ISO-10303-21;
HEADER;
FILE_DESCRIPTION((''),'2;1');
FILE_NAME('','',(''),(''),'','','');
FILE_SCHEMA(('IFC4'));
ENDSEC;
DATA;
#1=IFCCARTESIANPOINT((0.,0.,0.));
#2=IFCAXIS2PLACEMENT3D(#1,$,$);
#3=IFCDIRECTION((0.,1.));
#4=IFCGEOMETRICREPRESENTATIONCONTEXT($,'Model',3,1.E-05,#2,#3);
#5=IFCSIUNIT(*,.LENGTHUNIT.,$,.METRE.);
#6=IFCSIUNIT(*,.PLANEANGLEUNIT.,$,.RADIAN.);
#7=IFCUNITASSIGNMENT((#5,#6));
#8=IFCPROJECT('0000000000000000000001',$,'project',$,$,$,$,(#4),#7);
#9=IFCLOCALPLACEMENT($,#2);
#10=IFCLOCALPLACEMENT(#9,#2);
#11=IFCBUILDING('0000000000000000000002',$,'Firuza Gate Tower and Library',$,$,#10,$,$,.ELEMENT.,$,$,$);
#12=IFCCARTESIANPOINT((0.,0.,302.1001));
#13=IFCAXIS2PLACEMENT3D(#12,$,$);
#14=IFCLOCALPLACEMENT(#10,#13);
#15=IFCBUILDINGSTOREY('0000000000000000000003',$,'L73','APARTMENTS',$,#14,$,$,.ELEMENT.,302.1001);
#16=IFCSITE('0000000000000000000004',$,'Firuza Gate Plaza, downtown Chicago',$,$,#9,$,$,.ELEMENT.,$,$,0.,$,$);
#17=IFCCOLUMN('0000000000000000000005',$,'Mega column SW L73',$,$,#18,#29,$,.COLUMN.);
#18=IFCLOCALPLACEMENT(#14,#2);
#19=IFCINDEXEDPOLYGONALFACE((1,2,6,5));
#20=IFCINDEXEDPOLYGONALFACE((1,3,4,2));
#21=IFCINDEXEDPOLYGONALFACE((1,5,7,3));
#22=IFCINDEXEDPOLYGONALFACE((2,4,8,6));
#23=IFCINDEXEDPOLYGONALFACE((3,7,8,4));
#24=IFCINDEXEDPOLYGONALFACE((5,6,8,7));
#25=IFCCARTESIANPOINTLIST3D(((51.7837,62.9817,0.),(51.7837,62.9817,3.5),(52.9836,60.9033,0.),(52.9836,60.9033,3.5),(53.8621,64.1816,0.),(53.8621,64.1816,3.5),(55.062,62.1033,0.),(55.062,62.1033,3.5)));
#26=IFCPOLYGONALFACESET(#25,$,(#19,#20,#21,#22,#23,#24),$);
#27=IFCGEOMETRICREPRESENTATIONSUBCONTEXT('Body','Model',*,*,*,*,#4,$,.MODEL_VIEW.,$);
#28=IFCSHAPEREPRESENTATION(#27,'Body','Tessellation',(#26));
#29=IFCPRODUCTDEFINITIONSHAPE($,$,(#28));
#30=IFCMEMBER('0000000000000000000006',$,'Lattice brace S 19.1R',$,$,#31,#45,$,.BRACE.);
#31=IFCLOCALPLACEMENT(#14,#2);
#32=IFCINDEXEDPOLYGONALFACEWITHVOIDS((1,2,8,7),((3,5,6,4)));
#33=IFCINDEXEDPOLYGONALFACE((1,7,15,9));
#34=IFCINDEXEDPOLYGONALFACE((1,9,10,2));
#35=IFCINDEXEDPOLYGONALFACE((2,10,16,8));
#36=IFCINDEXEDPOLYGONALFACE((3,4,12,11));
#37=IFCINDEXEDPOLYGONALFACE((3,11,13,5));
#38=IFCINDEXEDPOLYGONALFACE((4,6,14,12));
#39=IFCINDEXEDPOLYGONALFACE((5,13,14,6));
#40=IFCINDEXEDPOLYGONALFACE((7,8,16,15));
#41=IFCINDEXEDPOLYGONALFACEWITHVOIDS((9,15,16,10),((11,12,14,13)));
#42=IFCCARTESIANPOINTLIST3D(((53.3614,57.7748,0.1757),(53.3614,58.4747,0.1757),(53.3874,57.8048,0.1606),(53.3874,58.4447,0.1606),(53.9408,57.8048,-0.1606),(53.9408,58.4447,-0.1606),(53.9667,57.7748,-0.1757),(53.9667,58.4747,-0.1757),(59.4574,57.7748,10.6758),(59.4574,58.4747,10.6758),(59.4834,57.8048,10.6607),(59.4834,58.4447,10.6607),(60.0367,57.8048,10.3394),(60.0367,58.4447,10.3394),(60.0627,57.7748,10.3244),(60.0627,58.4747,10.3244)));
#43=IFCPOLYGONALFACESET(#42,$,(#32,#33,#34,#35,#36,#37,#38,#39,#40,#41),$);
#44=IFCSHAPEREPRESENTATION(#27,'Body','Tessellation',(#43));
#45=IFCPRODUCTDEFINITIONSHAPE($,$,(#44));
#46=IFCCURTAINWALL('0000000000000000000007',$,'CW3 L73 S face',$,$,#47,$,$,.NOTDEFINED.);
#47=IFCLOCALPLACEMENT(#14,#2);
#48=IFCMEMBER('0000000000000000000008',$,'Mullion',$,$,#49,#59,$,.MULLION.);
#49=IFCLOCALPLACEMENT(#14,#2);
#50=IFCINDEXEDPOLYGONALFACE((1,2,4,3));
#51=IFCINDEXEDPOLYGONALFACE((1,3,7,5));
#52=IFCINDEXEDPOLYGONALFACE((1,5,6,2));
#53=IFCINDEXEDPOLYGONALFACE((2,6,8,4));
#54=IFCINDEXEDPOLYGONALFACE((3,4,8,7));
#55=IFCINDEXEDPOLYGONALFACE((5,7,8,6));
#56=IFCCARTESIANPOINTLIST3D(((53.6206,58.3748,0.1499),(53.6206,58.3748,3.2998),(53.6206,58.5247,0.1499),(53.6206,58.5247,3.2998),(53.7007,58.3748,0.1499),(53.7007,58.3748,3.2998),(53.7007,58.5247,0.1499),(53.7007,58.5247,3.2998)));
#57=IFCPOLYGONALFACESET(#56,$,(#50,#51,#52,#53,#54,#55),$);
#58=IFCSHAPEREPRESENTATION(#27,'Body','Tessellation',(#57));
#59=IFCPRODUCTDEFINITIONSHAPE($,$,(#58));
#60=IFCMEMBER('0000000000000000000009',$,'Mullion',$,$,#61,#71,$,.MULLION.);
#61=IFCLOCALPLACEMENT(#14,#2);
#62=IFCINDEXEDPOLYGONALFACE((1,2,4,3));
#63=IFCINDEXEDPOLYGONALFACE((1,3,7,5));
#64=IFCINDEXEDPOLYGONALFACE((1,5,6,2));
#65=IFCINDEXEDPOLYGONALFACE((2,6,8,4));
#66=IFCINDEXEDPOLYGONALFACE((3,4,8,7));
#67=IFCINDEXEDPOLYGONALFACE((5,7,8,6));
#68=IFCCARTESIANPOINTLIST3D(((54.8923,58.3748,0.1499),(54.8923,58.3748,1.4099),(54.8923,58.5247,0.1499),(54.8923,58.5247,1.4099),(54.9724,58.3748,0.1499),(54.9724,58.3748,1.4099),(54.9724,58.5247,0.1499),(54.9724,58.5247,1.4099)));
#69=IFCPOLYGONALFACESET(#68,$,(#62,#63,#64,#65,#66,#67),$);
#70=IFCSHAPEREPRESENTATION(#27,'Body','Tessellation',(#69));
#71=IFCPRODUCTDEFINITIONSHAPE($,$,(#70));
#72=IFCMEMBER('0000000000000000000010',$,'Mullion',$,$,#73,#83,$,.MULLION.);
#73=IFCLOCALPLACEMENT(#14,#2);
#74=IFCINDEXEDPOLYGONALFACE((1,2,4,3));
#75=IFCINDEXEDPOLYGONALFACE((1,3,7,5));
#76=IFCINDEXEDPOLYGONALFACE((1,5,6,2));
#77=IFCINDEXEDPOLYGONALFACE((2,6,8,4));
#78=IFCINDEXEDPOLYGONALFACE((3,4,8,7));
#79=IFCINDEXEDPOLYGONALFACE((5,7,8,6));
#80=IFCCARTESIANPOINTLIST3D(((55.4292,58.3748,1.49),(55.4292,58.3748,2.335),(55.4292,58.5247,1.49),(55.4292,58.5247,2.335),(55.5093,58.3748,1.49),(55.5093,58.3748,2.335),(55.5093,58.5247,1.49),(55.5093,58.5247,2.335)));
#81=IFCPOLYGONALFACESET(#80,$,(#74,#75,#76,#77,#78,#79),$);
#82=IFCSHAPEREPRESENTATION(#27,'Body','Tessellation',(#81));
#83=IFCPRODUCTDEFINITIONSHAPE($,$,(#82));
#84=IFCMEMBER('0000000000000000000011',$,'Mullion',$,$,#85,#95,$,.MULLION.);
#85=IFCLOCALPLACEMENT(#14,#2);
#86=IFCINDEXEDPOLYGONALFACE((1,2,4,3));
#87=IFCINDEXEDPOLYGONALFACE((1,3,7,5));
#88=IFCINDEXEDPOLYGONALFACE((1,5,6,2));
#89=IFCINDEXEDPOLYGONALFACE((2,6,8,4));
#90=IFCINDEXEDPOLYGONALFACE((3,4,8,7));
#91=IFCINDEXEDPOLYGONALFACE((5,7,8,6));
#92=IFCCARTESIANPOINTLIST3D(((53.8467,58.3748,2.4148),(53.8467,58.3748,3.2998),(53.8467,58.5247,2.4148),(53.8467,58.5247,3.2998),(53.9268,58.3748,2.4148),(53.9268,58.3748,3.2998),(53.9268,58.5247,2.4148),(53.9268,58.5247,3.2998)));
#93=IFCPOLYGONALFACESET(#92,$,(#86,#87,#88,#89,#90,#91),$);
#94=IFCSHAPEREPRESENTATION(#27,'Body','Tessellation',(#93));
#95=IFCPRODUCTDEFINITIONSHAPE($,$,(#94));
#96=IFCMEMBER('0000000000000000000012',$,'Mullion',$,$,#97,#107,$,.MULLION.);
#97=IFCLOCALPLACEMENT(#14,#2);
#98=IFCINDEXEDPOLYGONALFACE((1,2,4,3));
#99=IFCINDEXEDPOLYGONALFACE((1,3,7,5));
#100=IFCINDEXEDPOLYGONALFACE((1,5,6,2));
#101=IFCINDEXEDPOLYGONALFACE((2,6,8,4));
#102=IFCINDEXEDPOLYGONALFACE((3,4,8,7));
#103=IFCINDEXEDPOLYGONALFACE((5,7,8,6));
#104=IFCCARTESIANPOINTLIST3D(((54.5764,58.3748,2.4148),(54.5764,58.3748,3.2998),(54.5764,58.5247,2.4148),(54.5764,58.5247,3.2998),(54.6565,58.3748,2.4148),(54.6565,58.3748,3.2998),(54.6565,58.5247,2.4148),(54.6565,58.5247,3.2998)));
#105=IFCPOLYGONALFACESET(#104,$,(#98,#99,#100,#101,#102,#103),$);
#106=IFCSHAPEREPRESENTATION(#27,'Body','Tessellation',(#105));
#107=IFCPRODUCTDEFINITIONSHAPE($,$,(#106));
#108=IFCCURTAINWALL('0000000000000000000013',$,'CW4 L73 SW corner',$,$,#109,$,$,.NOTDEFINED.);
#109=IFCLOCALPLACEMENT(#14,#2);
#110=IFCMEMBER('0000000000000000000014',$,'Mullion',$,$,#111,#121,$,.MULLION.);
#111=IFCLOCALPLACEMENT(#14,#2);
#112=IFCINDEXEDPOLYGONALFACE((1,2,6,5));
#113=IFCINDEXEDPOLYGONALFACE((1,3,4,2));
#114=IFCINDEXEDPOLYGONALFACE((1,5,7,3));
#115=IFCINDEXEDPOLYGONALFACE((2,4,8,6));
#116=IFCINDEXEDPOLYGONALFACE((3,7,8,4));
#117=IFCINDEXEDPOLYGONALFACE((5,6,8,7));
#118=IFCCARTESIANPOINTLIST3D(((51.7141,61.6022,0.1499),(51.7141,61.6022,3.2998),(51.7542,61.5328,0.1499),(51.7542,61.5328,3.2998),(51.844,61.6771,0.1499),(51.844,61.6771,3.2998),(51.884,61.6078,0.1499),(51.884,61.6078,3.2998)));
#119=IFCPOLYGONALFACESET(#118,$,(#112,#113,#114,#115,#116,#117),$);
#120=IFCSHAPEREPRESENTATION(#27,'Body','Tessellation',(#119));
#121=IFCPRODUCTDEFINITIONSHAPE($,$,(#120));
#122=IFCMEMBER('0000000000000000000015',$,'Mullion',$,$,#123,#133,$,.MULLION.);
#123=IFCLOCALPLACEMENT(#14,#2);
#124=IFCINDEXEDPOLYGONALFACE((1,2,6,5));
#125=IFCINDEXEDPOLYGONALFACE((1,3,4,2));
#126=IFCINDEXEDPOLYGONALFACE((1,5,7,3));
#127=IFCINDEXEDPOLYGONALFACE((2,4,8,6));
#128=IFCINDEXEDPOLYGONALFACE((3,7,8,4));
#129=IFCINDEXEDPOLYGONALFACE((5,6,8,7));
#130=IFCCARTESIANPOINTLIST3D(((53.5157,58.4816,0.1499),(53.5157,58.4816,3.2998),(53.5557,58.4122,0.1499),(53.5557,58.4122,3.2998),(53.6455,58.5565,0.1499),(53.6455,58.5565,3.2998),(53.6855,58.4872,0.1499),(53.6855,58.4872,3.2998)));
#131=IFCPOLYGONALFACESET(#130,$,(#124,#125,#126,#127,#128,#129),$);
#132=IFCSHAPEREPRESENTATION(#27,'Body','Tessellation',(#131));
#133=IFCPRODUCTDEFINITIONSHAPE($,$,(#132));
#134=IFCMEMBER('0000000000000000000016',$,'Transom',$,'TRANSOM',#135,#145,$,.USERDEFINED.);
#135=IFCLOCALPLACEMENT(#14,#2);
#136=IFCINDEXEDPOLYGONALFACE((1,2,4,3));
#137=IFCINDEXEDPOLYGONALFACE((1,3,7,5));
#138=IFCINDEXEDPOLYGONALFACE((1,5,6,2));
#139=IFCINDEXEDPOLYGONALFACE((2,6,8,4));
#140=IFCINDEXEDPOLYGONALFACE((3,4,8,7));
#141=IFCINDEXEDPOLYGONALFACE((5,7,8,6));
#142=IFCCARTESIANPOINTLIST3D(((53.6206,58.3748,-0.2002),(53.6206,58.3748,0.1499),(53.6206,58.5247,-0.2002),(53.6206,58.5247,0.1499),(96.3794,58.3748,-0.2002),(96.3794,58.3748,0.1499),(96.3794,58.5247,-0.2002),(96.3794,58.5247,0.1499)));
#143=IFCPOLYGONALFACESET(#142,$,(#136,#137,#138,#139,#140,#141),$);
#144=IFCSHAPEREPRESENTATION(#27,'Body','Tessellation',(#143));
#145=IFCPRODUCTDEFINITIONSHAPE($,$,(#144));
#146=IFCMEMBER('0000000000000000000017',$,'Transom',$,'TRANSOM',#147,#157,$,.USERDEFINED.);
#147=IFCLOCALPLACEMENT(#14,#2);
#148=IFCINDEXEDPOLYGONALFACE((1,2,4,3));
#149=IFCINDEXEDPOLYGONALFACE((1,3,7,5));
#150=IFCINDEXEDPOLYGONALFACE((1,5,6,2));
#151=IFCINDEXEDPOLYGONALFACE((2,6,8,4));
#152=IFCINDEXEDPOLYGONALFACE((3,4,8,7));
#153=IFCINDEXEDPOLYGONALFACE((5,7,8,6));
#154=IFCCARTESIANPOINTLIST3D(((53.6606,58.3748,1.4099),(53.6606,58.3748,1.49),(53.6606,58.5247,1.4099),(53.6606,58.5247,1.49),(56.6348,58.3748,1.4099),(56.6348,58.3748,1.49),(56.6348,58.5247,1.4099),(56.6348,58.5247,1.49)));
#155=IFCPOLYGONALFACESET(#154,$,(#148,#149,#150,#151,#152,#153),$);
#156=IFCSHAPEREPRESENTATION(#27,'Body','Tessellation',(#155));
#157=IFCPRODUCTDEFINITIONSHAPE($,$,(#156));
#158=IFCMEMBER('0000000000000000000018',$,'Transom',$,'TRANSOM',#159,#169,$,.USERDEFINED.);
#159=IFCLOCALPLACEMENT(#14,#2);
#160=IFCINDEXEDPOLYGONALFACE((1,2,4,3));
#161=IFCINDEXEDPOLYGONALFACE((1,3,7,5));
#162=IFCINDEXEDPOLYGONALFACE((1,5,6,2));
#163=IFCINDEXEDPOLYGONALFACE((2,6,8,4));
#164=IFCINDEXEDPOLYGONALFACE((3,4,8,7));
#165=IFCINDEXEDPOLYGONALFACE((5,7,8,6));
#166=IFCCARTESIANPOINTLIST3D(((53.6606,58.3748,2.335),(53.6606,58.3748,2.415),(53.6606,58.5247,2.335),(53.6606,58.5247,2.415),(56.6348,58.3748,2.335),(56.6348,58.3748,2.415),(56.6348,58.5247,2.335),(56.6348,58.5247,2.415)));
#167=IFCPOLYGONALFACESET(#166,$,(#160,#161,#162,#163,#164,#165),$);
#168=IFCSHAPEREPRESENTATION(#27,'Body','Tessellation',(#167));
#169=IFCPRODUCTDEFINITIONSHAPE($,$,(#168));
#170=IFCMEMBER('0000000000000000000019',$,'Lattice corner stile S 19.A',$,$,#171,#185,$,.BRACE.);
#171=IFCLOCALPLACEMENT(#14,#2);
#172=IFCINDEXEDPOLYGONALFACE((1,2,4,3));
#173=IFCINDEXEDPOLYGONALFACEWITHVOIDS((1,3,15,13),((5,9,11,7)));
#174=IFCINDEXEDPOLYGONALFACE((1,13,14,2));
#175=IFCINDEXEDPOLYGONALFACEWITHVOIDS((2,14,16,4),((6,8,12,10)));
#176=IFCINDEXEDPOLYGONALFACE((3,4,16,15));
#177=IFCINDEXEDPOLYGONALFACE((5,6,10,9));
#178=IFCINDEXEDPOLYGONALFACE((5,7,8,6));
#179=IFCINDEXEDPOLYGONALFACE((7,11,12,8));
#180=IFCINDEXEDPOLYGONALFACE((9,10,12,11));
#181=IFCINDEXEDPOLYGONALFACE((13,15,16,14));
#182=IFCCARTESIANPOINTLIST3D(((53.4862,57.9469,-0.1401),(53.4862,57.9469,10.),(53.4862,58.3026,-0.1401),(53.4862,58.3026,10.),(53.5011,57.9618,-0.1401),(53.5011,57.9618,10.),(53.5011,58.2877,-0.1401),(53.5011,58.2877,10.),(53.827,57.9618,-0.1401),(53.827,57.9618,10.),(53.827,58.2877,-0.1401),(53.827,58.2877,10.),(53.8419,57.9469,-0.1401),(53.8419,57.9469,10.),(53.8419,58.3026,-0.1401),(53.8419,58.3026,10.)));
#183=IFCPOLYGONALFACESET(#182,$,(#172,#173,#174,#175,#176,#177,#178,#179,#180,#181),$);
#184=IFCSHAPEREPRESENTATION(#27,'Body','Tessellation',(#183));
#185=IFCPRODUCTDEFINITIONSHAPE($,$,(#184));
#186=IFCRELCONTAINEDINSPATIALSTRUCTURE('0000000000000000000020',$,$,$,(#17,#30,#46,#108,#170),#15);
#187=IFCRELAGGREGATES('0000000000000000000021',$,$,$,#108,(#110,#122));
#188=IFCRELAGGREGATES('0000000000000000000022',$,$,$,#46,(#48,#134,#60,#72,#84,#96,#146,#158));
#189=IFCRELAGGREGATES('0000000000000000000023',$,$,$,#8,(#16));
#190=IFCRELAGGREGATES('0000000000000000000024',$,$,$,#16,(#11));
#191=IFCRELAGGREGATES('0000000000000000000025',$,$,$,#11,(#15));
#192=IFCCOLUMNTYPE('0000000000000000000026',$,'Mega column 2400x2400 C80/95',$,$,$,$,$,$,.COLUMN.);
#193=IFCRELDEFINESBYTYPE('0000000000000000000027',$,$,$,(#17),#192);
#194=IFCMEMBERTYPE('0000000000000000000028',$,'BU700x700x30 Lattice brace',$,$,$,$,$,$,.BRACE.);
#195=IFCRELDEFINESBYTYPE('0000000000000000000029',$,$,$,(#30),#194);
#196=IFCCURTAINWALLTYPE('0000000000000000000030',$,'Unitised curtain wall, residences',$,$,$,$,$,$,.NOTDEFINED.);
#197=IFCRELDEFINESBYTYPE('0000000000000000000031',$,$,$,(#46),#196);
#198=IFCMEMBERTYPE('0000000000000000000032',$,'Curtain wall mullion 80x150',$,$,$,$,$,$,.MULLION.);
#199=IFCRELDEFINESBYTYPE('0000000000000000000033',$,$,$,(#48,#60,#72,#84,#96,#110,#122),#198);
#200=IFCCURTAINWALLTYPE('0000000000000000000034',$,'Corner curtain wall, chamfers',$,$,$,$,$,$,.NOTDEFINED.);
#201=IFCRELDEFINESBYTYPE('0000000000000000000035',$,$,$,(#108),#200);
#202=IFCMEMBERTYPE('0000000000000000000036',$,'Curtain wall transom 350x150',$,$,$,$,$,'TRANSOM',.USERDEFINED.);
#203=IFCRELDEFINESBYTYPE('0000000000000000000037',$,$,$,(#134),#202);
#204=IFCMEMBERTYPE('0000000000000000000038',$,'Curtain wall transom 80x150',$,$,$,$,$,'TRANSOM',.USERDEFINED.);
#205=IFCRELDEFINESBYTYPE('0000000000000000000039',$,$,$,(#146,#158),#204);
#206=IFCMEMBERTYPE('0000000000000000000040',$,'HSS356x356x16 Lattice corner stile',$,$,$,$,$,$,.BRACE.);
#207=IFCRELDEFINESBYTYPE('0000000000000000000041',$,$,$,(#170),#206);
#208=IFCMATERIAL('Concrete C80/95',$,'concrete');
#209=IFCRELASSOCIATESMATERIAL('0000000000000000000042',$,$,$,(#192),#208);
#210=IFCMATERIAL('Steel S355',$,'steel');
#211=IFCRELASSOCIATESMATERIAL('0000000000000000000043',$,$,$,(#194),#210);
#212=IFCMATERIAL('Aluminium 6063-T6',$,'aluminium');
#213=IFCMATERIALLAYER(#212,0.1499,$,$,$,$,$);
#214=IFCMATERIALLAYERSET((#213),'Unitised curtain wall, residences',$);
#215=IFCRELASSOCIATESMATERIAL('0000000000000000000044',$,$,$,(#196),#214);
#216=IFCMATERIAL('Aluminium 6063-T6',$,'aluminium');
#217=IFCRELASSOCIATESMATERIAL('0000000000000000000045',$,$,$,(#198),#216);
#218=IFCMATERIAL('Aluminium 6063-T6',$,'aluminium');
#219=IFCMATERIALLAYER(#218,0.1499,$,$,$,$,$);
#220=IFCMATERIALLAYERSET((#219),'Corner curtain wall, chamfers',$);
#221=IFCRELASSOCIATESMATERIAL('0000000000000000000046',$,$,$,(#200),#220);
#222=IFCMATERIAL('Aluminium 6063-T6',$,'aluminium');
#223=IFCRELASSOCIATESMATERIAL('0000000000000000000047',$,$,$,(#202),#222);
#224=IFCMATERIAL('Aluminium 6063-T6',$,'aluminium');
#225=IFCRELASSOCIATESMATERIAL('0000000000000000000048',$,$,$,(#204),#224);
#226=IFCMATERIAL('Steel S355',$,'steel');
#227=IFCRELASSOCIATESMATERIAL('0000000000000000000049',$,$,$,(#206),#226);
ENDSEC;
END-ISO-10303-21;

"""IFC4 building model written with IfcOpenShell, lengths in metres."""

from ifc_helpers import new_model, si_unit, direction, frame, origin, origin_2d, place, context, subcontext, project, spatial, rectangle, hollow_rectangle, extrude, material, layer, layer_set, material_profile, profile_set, type_object, element, aggregate, save


model = new_model("IFC4")

# Units and contexts
model_context = context("Model", 3, precision=1e-05, world=origin(), true_north=direction((0.0, 1.0)))
body_context = subcontext(model_context, "Body", "Model", "MODEL_VIEW")
ifc_project = project(units=[si_unit("LENGTHUNIT", "METRE"), si_unit("PLANEANGLEUNIT", "RADIAN")], contexts=[model_context])

# Site, building, storey
site_placement = place(None, origin())
site = spatial("IfcSite", under=ifc_project, at=site_placement, Name="Firuza Gate Plaza, downtown Chicago", CompositionType="ELEMENT", RefElevation=0.0)
building_placement = place(site_placement, origin())
building = spatial("IfcBuilding", under=site, at=building_placement, Name="Firuza Gate Tower and Library", CompositionType="ELEMENT")
storey_placement = place(building_placement, frame((0.0, 0.0, 302.1001)))
storey = spatial("IfcBuildingStorey", under=building, at=storey_placement, Name="L73", Description="APARTMENTS", CompositionType="ELEMENT", Elevation=302.1001)

# Column
ifc_material_1 = material(Name="Concrete C80/95", Category="concrete")
ifc_material_profile_1 = material_profile(ifc_material_1, rectangle(XDim=2.3999, YDim=2.3999, at=origin_2d()))
ifc_profile_set_1 = profile_set([ifc_material_profile_1], Name="Concrete C80/95")
column_type = type_object("IfcColumnType", Name="Mega column 2400x2400 C80/95", PredefinedType="COLUMN", material=ifc_profile_set_1)
column_placement = place(storey_placement, frame((53.4229, 62.5425, 0.0), z_axis=(0.0, 0.0, 1.0), x_axis=(0.5, -0.866025, 0.0)))
element("IfcColumn", 1, at=column_placement, inside=storey, type_object=column_type, Name="Mega column SW L73", PredefinedType="COLUMN", context=body_context, shape_type="SweptSolid", body=[
    extrude(rectangle(XDim=2.3999, YDim=2.3999, at=origin_2d()), origin(), (0.0, 0.0, 1.0), 3.5),
])

# Member
ifc_material_2 = material(Name="Steel S355", Category="steel")
ifc_material_profile_2 = material_profile(ifc_material_2, hollow_rectangle(XDim=0.7, YDim=0.7, WallThickness=0.03, at=origin_2d()))
ifc_profile_set_2 = profile_set([ifc_material_profile_2], Name="Steel S355")
member_type_1 = type_object("IfcMemberType", Name="BU700x700x30 Lattice brace", PredefinedType="BRACE", material=ifc_profile_set_2)
member_1_placement = place(storey_placement, frame((53.6641, 58.1248, 0.0), z_axis=(0.502085, 0.0, 0.864819), x_axis=(0.0, 1.0, 0.0)))
element("IfcMember", 2, at=member_1_placement, inside=storey, type_object=member_type_1, Name="Lattice brace S 19.1R", PredefinedType="BRACE", context=body_context, shape_type="SweptSolid", body=[
    extrude(hollow_rectangle(XDim=0.7, YDim=0.7, WallThickness=0.03, at=origin_2d()), origin(), (0.0, 0.0, 1.0), 12.1414),
])

# Curtain walls, members
ifc_material_3 = material(Name="Aluminium 6063-T6", Category="aluminium")
ifc_layer_1 = layer(ifc_material_3, 0.1499)
ifc_layer_set_1 = layer_set([ifc_layer_1], Name="Unitised curtain wall, residences")
curtain_wall_type_1 = type_object("IfcCurtainWallType", Name="Unitised curtain wall, residences", PredefinedType="NOTDEFINED", material=ifc_layer_set_1)
placement_1 = place(storey_placement, origin())
curtain_wall_1 = element("IfcCurtainWall", 3, at=placement_1, inside=storey, type_object=curtain_wall_type_1, Name="CW3 L73 S face", PredefinedType="NOTDEFINED")
ifc_material_4 = material(Name="Aluminium 6063-T6", Category="aluminium")
ifc_material_profile_3 = material_profile(ifc_material_4, rectangle(XDim=0.1499, YDim=0.0801, at=origin_2d()))
ifc_profile_set_3 = profile_set([ifc_material_profile_3], Name="Aluminium 6063-T6")
member_type_2 = type_object("IfcMemberType", Name="Curtain wall mullion 80x150", PredefinedType="MULLION", material=ifc_profile_set_3)
member_2_placement = place(storey_placement, frame((53.6606, 58.4497, 0.1499), z_axis=(0.0, 0.0, 1.0), x_axis=(0.0, 1.0, 0.0)))
member_2 = element("IfcMember", 4, at=member_2_placement, type_object=member_type_2, Name="Mullion", PredefinedType="MULLION", context=body_context, shape_type="SweptSolid", body=[
    extrude(rectangle(XDim=0.1499, YDim=0.0801, at=origin_2d()), origin(), (0.0, 0.0, 1.0), 3.1499),
])
member_3_placement = place(storey_placement, frame((54.9324, 58.4497, 0.1499), z_axis=(0.0, 0.0, 1.0), x_axis=(0.0, 1.0, 0.0)))
member_3 = element("IfcMember", 5, at=member_3_placement, type_object=member_type_2, Name="Mullion", PredefinedType="MULLION", context=body_context, shape_type="SweptSolid", body=[
    extrude(rectangle(XDim=0.1499, YDim=0.0801, at=origin_2d()), origin(), (0.0, 0.0, 1.0), 1.26),
])
member_4_placement = place(storey_placement, frame((55.4692, 58.4497, 1.49), z_axis=(0.0, 0.0, 1.0), x_axis=(0.0, 1.0, 0.0)))
member_4 = element("IfcMember", 6, at=member_4_placement, type_object=member_type_2, Name="Mullion", PredefinedType="MULLION", context=body_context, shape_type="SweptSolid", body=[
    extrude(rectangle(XDim=0.1499, YDim=0.0801, at=origin_2d()), origin(), (0.0, 0.0, 1.0), 0.845),
])
member_5_placement = place(storey_placement, frame((53.8867, 58.4497, 2.4148), z_axis=(0.0, 0.0, 1.0), x_axis=(0.0, 1.0, 0.0)))
member_5 = element("IfcMember", 7, at=member_5_placement, type_object=member_type_2, Name="Mullion", PredefinedType="MULLION", context=body_context, shape_type="SweptSolid", body=[
    extrude(rectangle(XDim=0.1499, YDim=0.0801, at=origin_2d()), origin(), (0.0, 0.0, 1.0), 0.885),
])
member_6_placement = place(storey_placement, frame((54.6165, 58.4497, 2.4148), z_axis=(0.0, 0.0, 1.0), x_axis=(0.0, 1.0, 0.0)))
member_6 = element("IfcMember", 8, at=member_6_placement, type_object=member_type_2, Name="Mullion", PredefinedType="MULLION", context=body_context, shape_type="SweptSolid", body=[
    extrude(rectangle(XDim=0.1499, YDim=0.0801, at=origin_2d()), origin(), (0.0, 0.0, 1.0), 0.885),
])
ifc_material_5 = material(Name="Aluminium 6063-T6", Category="aluminium")
ifc_layer_2 = layer(ifc_material_5, 0.1499)
ifc_layer_set_2 = layer_set([ifc_layer_2], Name="Corner curtain wall, chamfers")
curtain_wall_type_2 = type_object("IfcCurtainWallType", Name="Corner curtain wall, chamfers", PredefinedType="NOTDEFINED", material=ifc_layer_set_2)
curtain_wall_2 = element("IfcCurtainWall", 9, at=placement_1, inside=storey, type_object=curtain_wall_type_2, Name="CW4 L73 SW corner", PredefinedType="NOTDEFINED")
member_7_placement = place(storey_placement, frame((51.7991, 61.605, 0.1499), z_axis=(0.0, 0.0, 1.0), x_axis=(0.866025, 0.5, 0.0)))
member_7 = element("IfcMember", 10, at=member_7_placement, type_object=member_type_2, Name="Mullion", PredefinedType="MULLION", context=body_context, shape_type="SweptSolid", body=[
    extrude(rectangle(XDim=0.1499, YDim=0.0801, at=origin_2d()), origin(), (0.0, 0.0, 1.0), 3.1499),
])
member_8_placement = place(storey_placement, frame((53.6006, 58.4844, 0.1499), z_axis=(0.0, 0.0, 1.0), x_axis=(0.866025, 0.5, 0.0)))
member_8 = element("IfcMember", 11, at=member_8_placement, type_object=member_type_2, Name="Mullion", PredefinedType="MULLION", context=body_context, shape_type="SweptSolid", body=[
    extrude(rectangle(XDim=0.1499, YDim=0.0801, at=origin_2d()), origin(), (0.0, 0.0, 1.0), 3.1499),
])

# Members
ifc_material_6 = material(Name="Aluminium 6063-T6", Category="aluminium")
ifc_material_profile_4 = material_profile(ifc_material_6, rectangle(XDim=0.1499, YDim=0.3501, at=origin_2d()))
ifc_profile_set_4 = profile_set([ifc_material_profile_4], Name="Aluminium 6063-T6")
member_type_3 = type_object("IfcMemberType", Name="Curtain wall transom 350x150", ElementType="TRANSOM", PredefinedType="USERDEFINED", material=ifc_profile_set_4)
member_9_placement = place(storey_placement, frame((53.6206, 58.4497, -0.0251), z_axis=(1.0, 0.0, 0.0), x_axis=(0.0, 1.0, 0.0)))
member_9 = element("IfcMember", 12, at=member_9_placement, type_object=member_type_3, Name="Transom", ObjectType="TRANSOM", PredefinedType="USERDEFINED", context=body_context, shape_type="SweptSolid", body=[
    extrude(rectangle(XDim=0.1499, YDim=0.3501, at=origin_2d()), origin(), (0.0, 0.0, 1.0), 42.7588),
])
ifc_material_7 = material(Name="Aluminium 6063-T6", Category="aluminium")
ifc_material_profile_5 = material_profile(ifc_material_7, rectangle(XDim=0.1499, YDim=0.0801, at=origin_2d()))
ifc_profile_set_5 = profile_set([ifc_material_profile_5], Name="Aluminium 6063-T6")
member_type_4 = type_object("IfcMemberType", Name="Curtain wall transom 80x150", ElementType="TRANSOM", PredefinedType="USERDEFINED", material=ifc_profile_set_5)
member_10_placement = place(storey_placement, frame((53.6606, 58.4497, 1.45), z_axis=(1.0, 0.0, 0.0), x_axis=(0.0, 1.0, 0.0)))
member_10 = element("IfcMember", 13, at=member_10_placement, type_object=member_type_4, Name="Transom", ObjectType="TRANSOM", PredefinedType="USERDEFINED", context=body_context, shape_type="SweptSolid", body=[
    extrude(rectangle(XDim=0.1499, YDim=0.0801, at=origin_2d()), origin(), (0.0, 0.0, 1.0), 2.9741),
])
member_11_placement = place(storey_placement, frame((53.6606, 58.4497, 2.375), z_axis=(1.0, 0.0, 0.0), x_axis=(0.0, 1.0, 0.0)))
member_11 = element("IfcMember", 14, at=member_11_placement, type_object=member_type_4, Name="Transom", ObjectType="TRANSOM", PredefinedType="USERDEFINED", context=body_context, shape_type="SweptSolid", body=[
    extrude(rectangle(XDim=0.1499, YDim=0.0801, at=origin_2d()), origin(), (0.0, 0.0, 1.0), 2.9741),
])
ifc_material_8 = material(Name="Steel S355", Category="steel")
ifc_material_profile_6 = material_profile(ifc_material_8, hollow_rectangle(XDim=0.3557, YDim=0.3557, WallThickness=0.0149, at=origin_2d()))
ifc_profile_set_6 = profile_set([ifc_material_profile_6], Name="Steel S355")
member_type_5 = type_object("IfcMemberType", Name="HSS356x356x16 Lattice corner stile", PredefinedType="BRACE", material=ifc_profile_set_6)
member_12_placement = place(storey_placement, frame((53.6641, 58.1248, -0.1401), z_axis=(0.0, 0.0, 1.0), x_axis=(1.0, 0.0, 0.0)))
element("IfcMember", 15, at=member_12_placement, inside=storey, type_object=member_type_5, Name="Lattice corner stile S 19.A", PredefinedType="BRACE", context=body_context, shape_type="SweptSolid", body=[
    extrude(hollow_rectangle(XDim=0.3557, YDim=0.3557, WallThickness=0.0149, at=origin_2d()), origin(), (0.0, 0.0, 1.0), 10.1401),
])

aggregate(curtain_wall_2, [member_7, member_8])
aggregate(curtain_wall_1, [member_2, member_9, member_3, member_4, member_5, member_6, member_10, member_11])

save(model, "model.ifc")
